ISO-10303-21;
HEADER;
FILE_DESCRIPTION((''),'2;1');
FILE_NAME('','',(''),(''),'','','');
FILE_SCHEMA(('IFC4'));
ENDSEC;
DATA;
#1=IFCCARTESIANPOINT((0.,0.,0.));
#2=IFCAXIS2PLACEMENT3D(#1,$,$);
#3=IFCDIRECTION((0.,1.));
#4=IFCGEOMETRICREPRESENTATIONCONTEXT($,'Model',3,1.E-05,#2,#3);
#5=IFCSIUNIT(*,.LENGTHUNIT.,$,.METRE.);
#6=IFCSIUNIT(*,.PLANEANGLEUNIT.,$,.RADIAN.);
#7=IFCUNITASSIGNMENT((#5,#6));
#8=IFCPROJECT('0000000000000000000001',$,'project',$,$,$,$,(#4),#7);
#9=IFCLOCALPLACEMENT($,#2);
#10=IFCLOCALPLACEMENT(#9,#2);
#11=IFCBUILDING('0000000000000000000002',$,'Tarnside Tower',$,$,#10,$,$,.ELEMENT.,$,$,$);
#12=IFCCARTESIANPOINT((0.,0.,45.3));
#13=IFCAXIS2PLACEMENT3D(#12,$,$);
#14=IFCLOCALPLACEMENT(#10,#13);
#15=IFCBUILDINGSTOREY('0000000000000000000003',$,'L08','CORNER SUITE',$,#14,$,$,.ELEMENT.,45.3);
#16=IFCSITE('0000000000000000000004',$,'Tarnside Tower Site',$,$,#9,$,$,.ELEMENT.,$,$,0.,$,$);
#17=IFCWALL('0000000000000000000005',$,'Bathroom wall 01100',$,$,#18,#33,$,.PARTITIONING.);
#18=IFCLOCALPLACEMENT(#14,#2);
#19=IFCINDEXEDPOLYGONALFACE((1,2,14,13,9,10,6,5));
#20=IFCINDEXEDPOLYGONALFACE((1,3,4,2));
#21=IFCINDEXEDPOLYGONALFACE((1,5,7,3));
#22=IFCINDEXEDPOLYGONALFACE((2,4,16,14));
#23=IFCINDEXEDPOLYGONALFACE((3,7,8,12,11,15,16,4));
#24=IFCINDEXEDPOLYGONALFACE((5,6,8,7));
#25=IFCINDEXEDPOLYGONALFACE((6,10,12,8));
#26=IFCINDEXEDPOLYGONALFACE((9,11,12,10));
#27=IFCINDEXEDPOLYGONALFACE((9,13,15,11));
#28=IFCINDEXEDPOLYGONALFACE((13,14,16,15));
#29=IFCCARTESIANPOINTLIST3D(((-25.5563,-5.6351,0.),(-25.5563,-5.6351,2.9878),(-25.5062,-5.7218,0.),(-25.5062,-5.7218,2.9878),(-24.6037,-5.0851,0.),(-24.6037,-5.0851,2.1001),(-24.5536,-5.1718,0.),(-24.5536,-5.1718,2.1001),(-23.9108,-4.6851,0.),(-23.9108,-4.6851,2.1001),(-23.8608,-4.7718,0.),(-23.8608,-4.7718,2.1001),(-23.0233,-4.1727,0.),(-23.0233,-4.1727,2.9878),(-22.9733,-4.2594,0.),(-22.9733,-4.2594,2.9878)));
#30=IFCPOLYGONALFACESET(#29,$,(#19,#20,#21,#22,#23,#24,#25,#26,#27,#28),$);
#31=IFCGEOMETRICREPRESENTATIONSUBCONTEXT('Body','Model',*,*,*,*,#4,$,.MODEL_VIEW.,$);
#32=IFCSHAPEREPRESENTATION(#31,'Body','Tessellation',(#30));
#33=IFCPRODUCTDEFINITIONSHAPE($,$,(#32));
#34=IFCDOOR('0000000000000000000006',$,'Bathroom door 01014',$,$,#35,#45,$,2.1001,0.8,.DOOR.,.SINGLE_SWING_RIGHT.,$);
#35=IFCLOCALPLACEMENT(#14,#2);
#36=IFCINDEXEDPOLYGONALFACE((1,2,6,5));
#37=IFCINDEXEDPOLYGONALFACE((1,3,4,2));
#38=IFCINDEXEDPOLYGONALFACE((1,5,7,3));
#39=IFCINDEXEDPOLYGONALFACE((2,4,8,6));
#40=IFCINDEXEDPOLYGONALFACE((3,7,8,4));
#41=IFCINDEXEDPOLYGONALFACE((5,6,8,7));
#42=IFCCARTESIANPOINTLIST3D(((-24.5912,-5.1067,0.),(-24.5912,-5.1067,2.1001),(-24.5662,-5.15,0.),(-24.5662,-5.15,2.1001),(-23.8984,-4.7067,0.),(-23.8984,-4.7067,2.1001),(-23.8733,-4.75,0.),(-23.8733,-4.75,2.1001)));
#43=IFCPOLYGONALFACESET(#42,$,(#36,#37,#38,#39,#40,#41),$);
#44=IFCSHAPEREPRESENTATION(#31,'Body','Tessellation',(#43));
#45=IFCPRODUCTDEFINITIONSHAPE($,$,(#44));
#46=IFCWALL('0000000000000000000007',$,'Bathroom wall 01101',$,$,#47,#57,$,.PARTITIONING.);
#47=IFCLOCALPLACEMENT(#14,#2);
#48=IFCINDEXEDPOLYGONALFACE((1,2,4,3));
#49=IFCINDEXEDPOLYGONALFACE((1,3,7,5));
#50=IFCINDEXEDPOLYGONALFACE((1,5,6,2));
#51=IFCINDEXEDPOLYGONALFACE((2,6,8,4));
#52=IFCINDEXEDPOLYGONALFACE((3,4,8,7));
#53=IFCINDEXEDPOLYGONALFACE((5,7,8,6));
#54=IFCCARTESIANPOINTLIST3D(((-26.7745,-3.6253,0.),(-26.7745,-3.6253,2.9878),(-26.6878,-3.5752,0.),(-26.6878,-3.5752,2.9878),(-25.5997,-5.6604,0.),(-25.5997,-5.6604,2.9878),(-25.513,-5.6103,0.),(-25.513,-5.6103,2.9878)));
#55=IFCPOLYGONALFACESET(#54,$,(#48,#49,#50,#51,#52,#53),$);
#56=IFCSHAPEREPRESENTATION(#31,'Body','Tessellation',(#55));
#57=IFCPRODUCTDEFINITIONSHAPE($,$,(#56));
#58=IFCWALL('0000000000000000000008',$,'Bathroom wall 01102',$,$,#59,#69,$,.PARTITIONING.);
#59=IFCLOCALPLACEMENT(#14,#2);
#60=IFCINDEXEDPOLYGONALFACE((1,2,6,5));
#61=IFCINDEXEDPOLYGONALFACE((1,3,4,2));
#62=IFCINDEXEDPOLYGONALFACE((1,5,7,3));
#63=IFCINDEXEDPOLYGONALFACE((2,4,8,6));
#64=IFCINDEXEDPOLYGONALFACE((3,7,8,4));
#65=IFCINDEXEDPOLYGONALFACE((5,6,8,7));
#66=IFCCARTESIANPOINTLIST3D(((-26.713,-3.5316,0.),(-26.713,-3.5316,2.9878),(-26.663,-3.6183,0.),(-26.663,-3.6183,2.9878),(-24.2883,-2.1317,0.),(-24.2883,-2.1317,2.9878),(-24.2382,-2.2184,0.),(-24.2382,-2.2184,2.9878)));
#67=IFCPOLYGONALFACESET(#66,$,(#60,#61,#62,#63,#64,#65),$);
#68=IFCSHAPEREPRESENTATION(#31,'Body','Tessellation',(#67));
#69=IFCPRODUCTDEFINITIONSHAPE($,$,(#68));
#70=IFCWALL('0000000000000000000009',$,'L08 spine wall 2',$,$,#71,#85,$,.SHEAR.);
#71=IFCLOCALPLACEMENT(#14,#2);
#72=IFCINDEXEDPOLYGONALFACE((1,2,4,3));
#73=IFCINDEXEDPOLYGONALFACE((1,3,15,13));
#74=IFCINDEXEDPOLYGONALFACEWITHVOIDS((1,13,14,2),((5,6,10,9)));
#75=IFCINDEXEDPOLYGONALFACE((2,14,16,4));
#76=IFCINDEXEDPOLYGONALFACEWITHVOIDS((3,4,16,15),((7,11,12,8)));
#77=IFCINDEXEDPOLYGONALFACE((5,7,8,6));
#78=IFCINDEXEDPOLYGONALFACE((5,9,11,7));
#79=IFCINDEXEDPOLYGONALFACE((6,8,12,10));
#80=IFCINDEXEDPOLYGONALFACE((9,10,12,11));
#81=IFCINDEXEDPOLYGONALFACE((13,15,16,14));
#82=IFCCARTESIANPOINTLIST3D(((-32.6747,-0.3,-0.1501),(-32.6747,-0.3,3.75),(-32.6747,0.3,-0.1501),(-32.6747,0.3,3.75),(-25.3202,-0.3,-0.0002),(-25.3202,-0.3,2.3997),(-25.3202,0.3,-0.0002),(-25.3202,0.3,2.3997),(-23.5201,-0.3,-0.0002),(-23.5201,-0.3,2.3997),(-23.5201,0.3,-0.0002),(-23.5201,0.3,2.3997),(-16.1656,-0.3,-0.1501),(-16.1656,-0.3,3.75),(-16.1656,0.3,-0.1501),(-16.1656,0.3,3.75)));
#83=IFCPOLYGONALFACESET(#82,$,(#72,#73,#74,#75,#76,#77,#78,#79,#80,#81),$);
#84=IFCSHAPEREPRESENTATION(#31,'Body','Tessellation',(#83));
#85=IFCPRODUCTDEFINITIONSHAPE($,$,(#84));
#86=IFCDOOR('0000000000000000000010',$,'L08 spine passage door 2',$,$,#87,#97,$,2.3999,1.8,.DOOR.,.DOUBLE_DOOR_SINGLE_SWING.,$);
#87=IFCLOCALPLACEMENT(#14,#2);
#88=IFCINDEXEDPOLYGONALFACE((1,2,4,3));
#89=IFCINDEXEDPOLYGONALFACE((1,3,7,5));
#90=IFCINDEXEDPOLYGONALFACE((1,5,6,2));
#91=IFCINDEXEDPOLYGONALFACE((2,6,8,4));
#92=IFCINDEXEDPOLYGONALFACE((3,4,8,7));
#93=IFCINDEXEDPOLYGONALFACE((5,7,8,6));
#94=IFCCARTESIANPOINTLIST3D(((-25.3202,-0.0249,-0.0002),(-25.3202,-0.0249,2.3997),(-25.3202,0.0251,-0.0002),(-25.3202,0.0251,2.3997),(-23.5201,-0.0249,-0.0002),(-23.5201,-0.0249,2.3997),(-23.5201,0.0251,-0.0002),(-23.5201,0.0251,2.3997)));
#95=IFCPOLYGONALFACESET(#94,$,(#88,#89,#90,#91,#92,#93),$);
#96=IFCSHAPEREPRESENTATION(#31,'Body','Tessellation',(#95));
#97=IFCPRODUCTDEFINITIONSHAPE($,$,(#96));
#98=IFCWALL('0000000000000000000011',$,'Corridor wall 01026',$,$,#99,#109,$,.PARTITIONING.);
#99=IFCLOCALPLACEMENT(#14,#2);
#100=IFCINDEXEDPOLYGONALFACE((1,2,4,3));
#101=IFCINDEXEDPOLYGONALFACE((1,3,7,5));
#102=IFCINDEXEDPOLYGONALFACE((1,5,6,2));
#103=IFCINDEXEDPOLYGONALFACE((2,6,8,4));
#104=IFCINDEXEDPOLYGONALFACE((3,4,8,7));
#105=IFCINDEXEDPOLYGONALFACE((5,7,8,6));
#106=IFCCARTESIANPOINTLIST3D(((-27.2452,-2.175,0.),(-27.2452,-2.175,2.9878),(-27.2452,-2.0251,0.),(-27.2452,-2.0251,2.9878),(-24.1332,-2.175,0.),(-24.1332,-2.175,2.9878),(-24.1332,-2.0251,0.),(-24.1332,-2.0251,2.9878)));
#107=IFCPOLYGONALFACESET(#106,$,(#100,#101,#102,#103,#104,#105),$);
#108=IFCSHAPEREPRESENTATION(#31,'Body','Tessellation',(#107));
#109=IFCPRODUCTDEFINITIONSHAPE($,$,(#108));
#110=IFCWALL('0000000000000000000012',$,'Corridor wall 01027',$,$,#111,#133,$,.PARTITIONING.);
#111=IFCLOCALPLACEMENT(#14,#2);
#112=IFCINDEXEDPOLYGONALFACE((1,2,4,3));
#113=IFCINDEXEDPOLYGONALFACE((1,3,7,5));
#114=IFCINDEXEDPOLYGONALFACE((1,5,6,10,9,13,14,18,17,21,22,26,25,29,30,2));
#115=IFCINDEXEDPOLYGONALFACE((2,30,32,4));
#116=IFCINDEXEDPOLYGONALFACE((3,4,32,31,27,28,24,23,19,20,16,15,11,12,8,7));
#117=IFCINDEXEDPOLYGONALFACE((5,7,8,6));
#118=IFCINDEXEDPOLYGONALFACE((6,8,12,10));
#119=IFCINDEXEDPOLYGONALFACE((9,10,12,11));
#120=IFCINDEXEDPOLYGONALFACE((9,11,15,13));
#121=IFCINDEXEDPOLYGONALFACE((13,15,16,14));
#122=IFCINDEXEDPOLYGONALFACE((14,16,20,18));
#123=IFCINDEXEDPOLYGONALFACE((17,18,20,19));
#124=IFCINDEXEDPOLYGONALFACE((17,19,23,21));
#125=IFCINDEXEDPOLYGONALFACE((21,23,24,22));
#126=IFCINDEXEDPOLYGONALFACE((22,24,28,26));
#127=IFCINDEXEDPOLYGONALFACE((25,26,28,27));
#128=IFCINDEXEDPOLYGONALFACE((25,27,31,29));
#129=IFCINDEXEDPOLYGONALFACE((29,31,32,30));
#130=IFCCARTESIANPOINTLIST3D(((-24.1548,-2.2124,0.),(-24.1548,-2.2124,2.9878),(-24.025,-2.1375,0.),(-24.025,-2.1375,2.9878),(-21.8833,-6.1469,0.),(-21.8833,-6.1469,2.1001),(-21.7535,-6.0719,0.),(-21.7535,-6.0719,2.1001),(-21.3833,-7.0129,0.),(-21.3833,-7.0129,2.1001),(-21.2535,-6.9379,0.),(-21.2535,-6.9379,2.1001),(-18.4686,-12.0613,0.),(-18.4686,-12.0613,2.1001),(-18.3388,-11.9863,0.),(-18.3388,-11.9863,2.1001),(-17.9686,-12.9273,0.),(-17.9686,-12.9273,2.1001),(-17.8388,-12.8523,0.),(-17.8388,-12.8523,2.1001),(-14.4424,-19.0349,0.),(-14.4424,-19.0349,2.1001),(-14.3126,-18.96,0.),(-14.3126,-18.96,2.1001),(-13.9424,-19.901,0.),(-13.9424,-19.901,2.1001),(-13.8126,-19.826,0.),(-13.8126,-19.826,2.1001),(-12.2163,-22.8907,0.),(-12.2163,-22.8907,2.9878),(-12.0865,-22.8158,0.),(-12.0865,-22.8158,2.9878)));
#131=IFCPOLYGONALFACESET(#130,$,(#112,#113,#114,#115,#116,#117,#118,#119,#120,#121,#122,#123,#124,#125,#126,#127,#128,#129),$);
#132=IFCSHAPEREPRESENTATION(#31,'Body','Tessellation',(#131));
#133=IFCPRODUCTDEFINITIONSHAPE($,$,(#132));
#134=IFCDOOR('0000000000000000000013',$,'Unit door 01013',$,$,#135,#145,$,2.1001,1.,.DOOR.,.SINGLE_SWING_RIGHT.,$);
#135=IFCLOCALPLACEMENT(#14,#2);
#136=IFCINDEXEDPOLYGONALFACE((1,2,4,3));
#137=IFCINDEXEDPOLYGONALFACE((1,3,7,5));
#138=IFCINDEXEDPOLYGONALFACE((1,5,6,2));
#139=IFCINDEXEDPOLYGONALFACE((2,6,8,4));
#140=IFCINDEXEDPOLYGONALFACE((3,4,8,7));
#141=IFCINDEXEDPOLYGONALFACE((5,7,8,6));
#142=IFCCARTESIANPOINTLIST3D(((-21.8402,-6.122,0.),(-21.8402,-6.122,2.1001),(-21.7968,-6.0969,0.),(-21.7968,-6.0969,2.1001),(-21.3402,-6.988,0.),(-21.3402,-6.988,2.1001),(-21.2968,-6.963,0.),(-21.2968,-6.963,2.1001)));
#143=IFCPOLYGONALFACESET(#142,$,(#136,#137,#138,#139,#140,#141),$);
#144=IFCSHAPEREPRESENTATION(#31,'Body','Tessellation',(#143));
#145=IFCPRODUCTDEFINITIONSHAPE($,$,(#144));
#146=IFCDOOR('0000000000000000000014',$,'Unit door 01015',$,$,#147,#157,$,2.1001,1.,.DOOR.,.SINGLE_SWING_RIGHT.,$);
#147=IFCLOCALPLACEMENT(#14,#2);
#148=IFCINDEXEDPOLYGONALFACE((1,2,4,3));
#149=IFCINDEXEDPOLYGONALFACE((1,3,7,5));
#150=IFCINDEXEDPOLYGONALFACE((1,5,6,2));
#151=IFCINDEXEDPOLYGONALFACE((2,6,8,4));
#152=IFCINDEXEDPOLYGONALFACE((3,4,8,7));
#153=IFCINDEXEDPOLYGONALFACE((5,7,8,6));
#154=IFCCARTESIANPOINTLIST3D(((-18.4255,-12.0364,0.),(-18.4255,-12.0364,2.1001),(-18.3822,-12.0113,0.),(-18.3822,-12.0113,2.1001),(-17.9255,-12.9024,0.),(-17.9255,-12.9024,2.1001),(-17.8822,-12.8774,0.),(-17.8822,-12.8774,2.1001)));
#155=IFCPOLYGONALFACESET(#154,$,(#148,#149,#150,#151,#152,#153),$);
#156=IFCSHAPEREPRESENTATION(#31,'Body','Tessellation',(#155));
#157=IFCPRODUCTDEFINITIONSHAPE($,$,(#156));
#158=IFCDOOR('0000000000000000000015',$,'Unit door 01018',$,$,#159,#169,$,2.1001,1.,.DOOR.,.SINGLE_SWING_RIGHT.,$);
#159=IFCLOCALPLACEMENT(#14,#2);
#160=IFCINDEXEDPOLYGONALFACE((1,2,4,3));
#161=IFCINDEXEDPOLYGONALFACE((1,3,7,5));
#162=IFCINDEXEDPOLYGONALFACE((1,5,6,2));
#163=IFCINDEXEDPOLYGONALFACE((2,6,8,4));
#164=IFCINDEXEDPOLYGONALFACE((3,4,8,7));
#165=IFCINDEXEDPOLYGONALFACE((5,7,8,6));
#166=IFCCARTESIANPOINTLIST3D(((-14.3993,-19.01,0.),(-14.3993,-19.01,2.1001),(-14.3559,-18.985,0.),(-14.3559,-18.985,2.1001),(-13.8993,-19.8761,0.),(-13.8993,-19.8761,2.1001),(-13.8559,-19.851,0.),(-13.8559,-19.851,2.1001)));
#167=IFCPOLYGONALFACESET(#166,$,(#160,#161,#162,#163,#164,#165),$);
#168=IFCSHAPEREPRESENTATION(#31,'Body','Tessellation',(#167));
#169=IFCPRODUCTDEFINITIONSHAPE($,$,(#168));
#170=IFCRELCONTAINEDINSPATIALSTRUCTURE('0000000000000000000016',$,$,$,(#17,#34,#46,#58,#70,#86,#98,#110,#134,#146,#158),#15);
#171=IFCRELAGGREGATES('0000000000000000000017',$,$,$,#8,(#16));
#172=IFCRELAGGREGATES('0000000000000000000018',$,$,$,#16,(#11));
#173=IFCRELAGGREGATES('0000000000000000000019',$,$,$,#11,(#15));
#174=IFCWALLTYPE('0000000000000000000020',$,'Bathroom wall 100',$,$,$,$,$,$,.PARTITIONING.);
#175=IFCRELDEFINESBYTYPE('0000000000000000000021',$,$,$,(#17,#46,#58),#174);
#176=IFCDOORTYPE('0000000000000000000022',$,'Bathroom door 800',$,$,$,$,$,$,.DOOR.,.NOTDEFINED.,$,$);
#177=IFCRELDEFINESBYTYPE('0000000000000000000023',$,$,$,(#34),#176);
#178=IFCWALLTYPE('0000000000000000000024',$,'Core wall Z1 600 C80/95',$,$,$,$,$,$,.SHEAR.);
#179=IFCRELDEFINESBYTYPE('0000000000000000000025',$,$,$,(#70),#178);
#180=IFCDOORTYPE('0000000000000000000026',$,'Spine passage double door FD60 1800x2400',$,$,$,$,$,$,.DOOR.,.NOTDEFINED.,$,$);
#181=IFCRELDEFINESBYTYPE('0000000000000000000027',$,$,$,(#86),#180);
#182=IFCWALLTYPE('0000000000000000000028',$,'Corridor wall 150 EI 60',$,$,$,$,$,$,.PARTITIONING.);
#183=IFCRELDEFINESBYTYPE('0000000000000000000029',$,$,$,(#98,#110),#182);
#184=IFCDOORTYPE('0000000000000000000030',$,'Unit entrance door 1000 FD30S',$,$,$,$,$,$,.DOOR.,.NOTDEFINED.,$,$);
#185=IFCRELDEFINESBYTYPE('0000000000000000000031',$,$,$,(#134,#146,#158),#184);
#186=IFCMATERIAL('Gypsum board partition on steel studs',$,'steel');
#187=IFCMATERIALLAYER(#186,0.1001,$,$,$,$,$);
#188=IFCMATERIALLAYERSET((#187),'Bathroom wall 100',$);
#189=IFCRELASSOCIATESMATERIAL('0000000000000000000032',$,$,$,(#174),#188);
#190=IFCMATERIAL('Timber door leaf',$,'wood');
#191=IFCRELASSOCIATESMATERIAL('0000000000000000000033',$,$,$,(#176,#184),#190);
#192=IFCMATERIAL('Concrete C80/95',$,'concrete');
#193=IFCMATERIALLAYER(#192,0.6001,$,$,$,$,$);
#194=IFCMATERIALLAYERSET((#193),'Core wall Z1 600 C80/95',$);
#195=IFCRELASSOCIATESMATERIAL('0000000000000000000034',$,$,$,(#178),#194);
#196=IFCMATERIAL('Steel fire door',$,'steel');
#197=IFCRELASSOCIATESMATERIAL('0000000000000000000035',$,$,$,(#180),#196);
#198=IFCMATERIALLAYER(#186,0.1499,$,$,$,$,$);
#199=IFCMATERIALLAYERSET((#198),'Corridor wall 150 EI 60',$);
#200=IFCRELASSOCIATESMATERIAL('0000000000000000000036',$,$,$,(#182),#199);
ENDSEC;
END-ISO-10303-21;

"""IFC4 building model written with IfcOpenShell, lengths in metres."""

from ifc_helpers import new_model, si_unit, direction, frame, frame_2d, origin, place, context, subcontext, project, spatial, rectangle, extrude, material, layer, layer_set, type_object, element, fill, save


model = new_model("IFC4")

# Units and contexts
model_context = context("Model", 3, precision=1e-05, world=origin(), true_north=direction((0.0, 1.0)))
body_context = subcontext(model_context, "Body", "Model", "MODEL_VIEW")
ifc_project = project(units=[si_unit("LENGTHUNIT", "METRE"), si_unit("PLANEANGLEUNIT", "RADIAN")], contexts=[model_context])

# Site, building, storey
site_placement = place(None, origin())
site = spatial("IfcSite", under=ifc_project, at=site_placement, Name="Tarnside Tower Site", CompositionType="ELEMENT", RefElevation=0.0)
building_placement = place(site_placement, origin())
building = spatial("IfcBuilding", under=site, at=building_placement, Name="Tarnside Tower", CompositionType="ELEMENT")
storey_placement = place(building_placement, frame((0.0, 0.0, 45.3)))
storey = spatial("IfcBuildingStorey", under=building, at=storey_placement, Name="L08", Description="CORNER SUITE", CompositionType="ELEMENT", Elevation=45.3)

# Wall, opening, door
ifc_material_1 = material(Name="Gypsum board partition on steel studs", Category="steel")
ifc_layer_1 = layer(ifc_material_1, 0.1001)
ifc_layer_set_1 = layer_set([ifc_layer_1], Name="Bathroom wall 100")
wall_type_1 = type_object("IfcWallType", Name="Bathroom wall 100", PredefinedType="PARTITIONING", material=ifc_layer_set_1)
wall_1_placement = place(storey_placement, frame((-22.9983, -4.2161, 0.0), z_axis=(0.0, 0.0, 1.0), x_axis=(-0.866026, -0.499999, 0.0)))
wall_1 = element("IfcWall", 1, at=wall_1_placement, inside=storey, type_object=wall_type_1, Name="Bathroom wall 01100", PredefinedType="PARTITIONING", context=body_context, shape_type="SweptSolid", body=[
    extrude(rectangle(XDim=2.9248, YDim=0.1001, at=frame_2d((1.4624, 0.0))), origin(), (0.0, 0.0, 1.0), 2.9878),
])
opening_1_placement = place(wall_1_placement, frame((1.0249, 0.0, 0.0)))
opening_1 = element("IfcOpeningElement", 2, at=opening_1_placement, cuts=wall_1, PredefinedType="OPENING", context=body_context, shape_type="SweptSolid", body=[
    extrude(rectangle(XDim=0.8, YDim=2.1001, at=frame_2d((0.3999, 1.05))), frame((0.0, 0.0601, 0.0), z_axis=(0.0, -1.0, 0.0), x_axis=(1.0, 0.0, 0.0)), (0.0, 0.0, 1.0), 0.1201),
])
ifc_material_2 = material(Name="Timber door leaf", Category="wood")
door_type_1 = type_object("IfcDoorType", Name="Bathroom door 800", OperationType="NOTDEFINED", PredefinedType="DOOR", material=ifc_material_2)
door_1_placement = place(opening_1_placement, origin())
door_1 = element("IfcDoor", 3, at=door_1_placement, inside=storey, type_object=door_type_1, Name="Bathroom door 01014", OperationType="SINGLE_SWING_RIGHT", OverallHeight=2.1001, OverallWidth=0.8, PredefinedType="DOOR", context=body_context, shape_type="SweptSolid", body=[
    extrude(rectangle(XDim=0.8, YDim=2.1001, at=frame_2d((0.3999, 1.05))), frame((0.0, 0.0249, 0.0), z_axis=(0.0, -1.0, 0.0), x_axis=(1.0, 0.0, 0.0)), (0.0, 0.0, 1.0), 0.05),
])
fill(opening_1, door_1)

# Walls
wall_2_placement = place(storey_placement, frame((-25.5564, -5.6353, 0.0), z_axis=(0.0, 0.0, 1.0), x_axis=(-0.499938, 0.866061, 0.0)))
element("IfcWall", 4, at=wall_2_placement, inside=storey, type_object=wall_type_1, Name="Bathroom wall 01101", PredefinedType="PARTITIONING", context=body_context, shape_type="SweptSolid", body=[
    extrude(rectangle(XDim=2.3499, YDim=0.1001, at=frame_2d((1.1748, 0.0))), origin(), (0.0, 0.0, 1.0), 2.9878),
])
wall_3_placement = place(storey_placement, frame((-26.688, -3.575, 0.0), z_axis=(0.0, 0.0, 1.0), x_axis=(0.866035, 0.499984, 0.0)))
element("IfcWall", 5, at=wall_3_placement, inside=storey, type_object=wall_type_1, Name="Bathroom wall 01102", PredefinedType="PARTITIONING", context=body_context, shape_type="SweptSolid", body=[
    extrude(rectangle(XDim=2.7998, YDim=0.1001, at=frame_2d((1.3999, 0.0))), origin(), (0.0, 0.0, 1.0), 2.9878),
])

# Wall, opening, door
ifc_material_3 = material(Name="Concrete C80/95", Category="concrete")
ifc_layer_2 = layer(ifc_material_3, 0.6001)
ifc_layer_set_2 = layer_set([ifc_layer_2], Name="Core wall Z1 600 C80/95")
wall_type_2 = type_object("IfcWallType", Name="Core wall Z1 600 C80/95", PredefinedType="SHEAR", material=ifc_layer_set_2)
wall_4_placement = place(storey_placement, frame((-16.1658, 0.0, -0.1501), z_axis=(0.0, 0.0, 1.0), x_axis=(-1.0, 0.0, 0.0)))
wall_4 = element("IfcWall", 6, at=wall_4_placement, inside=storey, type_object=wall_type_2, Name="L08 spine wall 2", PredefinedType="SHEAR", context=body_context, shape_type="SweptSolid", body=[
    extrude(rectangle(XDim=16.509, YDim=0.6001, at=frame_2d((8.2544, 0.0))), origin(), (0.0, 0.0, 1.0), 3.9001),
])
opening_2_placement = place(wall_4_placement, frame((7.3545, 0.0, 0.1499)))
opening_2 = element("IfcOpeningElement", 7, at=opening_2_placement, cuts=wall_4, PredefinedType="OPENING", context=body_context, shape_type="SweptSolid", body=[
    extrude(rectangle(XDim=1.8, YDim=2.3999, at=frame_2d((0.8999, 1.2))), frame((0.0, 0.3101, 0.0), z_axis=(0.0, -1.0, 0.0), x_axis=(1.0, 0.0, 0.0)), (0.0, 0.0, 1.0), 0.6201),
])
ifc_material_4 = material(Name="Steel fire door", Category="steel")
door_type_2 = type_object("IfcDoorType", Name="Spine passage double door FD60 1800x2400", OperationType="NOTDEFINED", PredefinedType="DOOR", material=ifc_material_4)
door_2_placement = place(opening_2_placement, origin())
door_2 = element("IfcDoor", 8, at=door_2_placement, inside=storey, type_object=door_type_2, Name="L08 spine passage door 2", OperationType="DOUBLE_DOOR_SINGLE_SWING", OverallHeight=2.3999, OverallWidth=1.8, PredefinedType="DOOR", context=body_context, shape_type="SweptSolid", body=[
    extrude(rectangle(XDim=1.8, YDim=2.3999, at=frame_2d((0.8999, 1.2))), frame((0.0, 0.0249, 0.0), z_axis=(0.0, -1.0, 0.0), x_axis=(1.0, 0.0, 0.0)), (0.0, 0.0, 1.0), 0.05),
])
fill(opening_2, door_2)

# Wall
ifc_layer_3 = layer(ifc_material_1, 0.1499)
ifc_layer_set_3 = layer_set([ifc_layer_3], Name="Corridor wall 150 EI 60")
wall_type_3 = type_object("IfcWallType", Name="Corridor wall 150 EI 60", PredefinedType="PARTITIONING", material=ifc_layer_set_3)
wall_5_placement = place(storey_placement, frame((-27.2454, -2.1001, 0.0), z_axis=(0.0, 0.0, 1.0), x_axis=(1.0, 0.0, 0.0)))
element("IfcWall", 9, at=wall_5_placement, inside=storey, type_object=wall_type_3, Name="Corridor wall 01026", PredefinedType="PARTITIONING", context=body_context, shape_type="SweptSolid", body=[
    extrude(rectangle(XDim=3.1121, YDim=0.1499, at=frame_2d((1.5562, 0.0))), origin(), (0.0, 0.0, 1.0), 2.9878),
])

# Wall, openings, doors
wall_6_placement = place(storey_placement, frame((-24.0898, -2.175, 0.0), z_axis=(0.0, 0.0, 1.0), x_axis=(0.499997, -0.866027, 0.0)))
wall_6 = element("IfcWall", 10, at=wall_6_placement, inside=storey, type_object=wall_type_3, Name="Corridor wall 01027", PredefinedType="PARTITIONING", context=body_context, shape_type="SweptSolid", body=[
    extrude(rectangle(XDim=23.8772, YDim=0.1499, at=frame_2d((11.9385, 0.0))), origin(), (0.0, 0.0, 1.0), 2.9878),
])
opening_3_placement = place(wall_6_placement, frame((4.543, 0.0, 0.0)))
opening_3 = element("IfcOpeningElement", 11, at=opening_3_placement, cuts=wall_6, PredefinedType="OPENING", context=body_context, shape_type="SweptSolid", body=[
    extrude(rectangle(XDim=1.0, YDim=2.1001, at=frame_2d((0.5, 1.05))), frame((0.0, 0.085, 0.0), z_axis=(0.0, -1.0, 0.0), x_axis=(1.0, 0.0, 0.0)), (0.0, 0.0, 1.0), 0.1699),
])
opening_4_placement = place(wall_6_placement, frame((11.3723, 0.0, 0.0)))
opening_4 = element("IfcOpeningElement", 12, at=opening_4_placement, cuts=wall_6, PredefinedType="OPENING", context=body_context, shape_type="SweptSolid", body=[
    extrude(rectangle(XDim=1.0, YDim=2.1001, at=frame_2d((0.5, 1.05))), frame((0.0, 0.085, 0.0), z_axis=(0.0, -1.0, 0.0), x_axis=(1.0, 0.0, 0.0)), (0.0, 0.0, 1.0), 0.1699),
])
opening_5_placement = place(wall_6_placement, frame((19.4248, 0.0, 0.0)))
opening_5 = element("IfcOpeningElement", 13, at=opening_5_placement, cuts=wall_6, PredefinedType="OPENING", context=body_context, shape_type="SweptSolid", body=[
    extrude(rectangle(XDim=1.0, YDim=2.1001, at=frame_2d((0.5, 1.05))), frame((0.0, 0.085, 0.0), z_axis=(0.0, -1.0, 0.0), x_axis=(1.0, 0.0, 0.0)), (0.0, 0.0, 1.0), 0.1699),
])
door_type_3 = type_object("IfcDoorType", Name="Unit entrance door 1000 FD30S", OperationType="NOTDEFINED", PredefinedType="DOOR", material=ifc_material_2)
door_3_placement = place(opening_3_placement, origin())
door_3 = element("IfcDoor", 14, at=door_3_placement, inside=storey, type_object=door_type_3, Name="Unit door 01013", OperationType="SINGLE_SWING_RIGHT", OverallHeight=2.1001, OverallWidth=1.0, PredefinedType="DOOR", context=body_context, shape_type="SweptSolid", body=[
    extrude(rectangle(XDim=1.0, YDim=2.1001, at=frame_2d((0.5, 1.05))), frame((0.0, 0.0249, 0.0), z_axis=(0.0, -1.0, 0.0), x_axis=(1.0, 0.0, 0.0)), (0.0, 0.0, 1.0), 0.05),
])
fill(opening_3, door_3)
door_4_placement = place(opening_4_placement, origin())
door_4 = element("IfcDoor", 15, at=door_4_placement, inside=storey, type_object=door_type_3, Name="Unit door 01015", OperationType="SINGLE_SWING_RIGHT", OverallHeight=2.1001, OverallWidth=1.0, PredefinedType="DOOR", context=body_context, shape_type="SweptSolid", body=[
    extrude(rectangle(XDim=1.0, YDim=2.1001, at=frame_2d((0.5, 1.05))), frame((0.0, 0.0249, 0.0), z_axis=(0.0, -1.0, 0.0), x_axis=(1.0, 0.0, 0.0)), (0.0, 0.0, 1.0), 0.05),
])
fill(opening_4, door_4)
door_5_placement = place(opening_5_placement, origin())
door_5 = element("IfcDoor", 16, at=door_5_placement, inside=storey, type_object=door_type_3, Name="Unit door 01018", OperationType="SINGLE_SWING_RIGHT", OverallHeight=2.1001, OverallWidth=1.0, PredefinedType="DOOR", context=body_context, shape_type="SweptSolid", body=[
    extrude(rectangle(XDim=1.0, YDim=2.1001, at=frame_2d((0.5, 1.05))), frame((0.0, 0.0249, 0.0), z_axis=(0.0, -1.0, 0.0), x_axis=(1.0, 0.0, 0.0)), (0.0, 0.0, 1.0), 0.05),
])
fill(opening_5, door_5)

save(model, "model.ifc")
